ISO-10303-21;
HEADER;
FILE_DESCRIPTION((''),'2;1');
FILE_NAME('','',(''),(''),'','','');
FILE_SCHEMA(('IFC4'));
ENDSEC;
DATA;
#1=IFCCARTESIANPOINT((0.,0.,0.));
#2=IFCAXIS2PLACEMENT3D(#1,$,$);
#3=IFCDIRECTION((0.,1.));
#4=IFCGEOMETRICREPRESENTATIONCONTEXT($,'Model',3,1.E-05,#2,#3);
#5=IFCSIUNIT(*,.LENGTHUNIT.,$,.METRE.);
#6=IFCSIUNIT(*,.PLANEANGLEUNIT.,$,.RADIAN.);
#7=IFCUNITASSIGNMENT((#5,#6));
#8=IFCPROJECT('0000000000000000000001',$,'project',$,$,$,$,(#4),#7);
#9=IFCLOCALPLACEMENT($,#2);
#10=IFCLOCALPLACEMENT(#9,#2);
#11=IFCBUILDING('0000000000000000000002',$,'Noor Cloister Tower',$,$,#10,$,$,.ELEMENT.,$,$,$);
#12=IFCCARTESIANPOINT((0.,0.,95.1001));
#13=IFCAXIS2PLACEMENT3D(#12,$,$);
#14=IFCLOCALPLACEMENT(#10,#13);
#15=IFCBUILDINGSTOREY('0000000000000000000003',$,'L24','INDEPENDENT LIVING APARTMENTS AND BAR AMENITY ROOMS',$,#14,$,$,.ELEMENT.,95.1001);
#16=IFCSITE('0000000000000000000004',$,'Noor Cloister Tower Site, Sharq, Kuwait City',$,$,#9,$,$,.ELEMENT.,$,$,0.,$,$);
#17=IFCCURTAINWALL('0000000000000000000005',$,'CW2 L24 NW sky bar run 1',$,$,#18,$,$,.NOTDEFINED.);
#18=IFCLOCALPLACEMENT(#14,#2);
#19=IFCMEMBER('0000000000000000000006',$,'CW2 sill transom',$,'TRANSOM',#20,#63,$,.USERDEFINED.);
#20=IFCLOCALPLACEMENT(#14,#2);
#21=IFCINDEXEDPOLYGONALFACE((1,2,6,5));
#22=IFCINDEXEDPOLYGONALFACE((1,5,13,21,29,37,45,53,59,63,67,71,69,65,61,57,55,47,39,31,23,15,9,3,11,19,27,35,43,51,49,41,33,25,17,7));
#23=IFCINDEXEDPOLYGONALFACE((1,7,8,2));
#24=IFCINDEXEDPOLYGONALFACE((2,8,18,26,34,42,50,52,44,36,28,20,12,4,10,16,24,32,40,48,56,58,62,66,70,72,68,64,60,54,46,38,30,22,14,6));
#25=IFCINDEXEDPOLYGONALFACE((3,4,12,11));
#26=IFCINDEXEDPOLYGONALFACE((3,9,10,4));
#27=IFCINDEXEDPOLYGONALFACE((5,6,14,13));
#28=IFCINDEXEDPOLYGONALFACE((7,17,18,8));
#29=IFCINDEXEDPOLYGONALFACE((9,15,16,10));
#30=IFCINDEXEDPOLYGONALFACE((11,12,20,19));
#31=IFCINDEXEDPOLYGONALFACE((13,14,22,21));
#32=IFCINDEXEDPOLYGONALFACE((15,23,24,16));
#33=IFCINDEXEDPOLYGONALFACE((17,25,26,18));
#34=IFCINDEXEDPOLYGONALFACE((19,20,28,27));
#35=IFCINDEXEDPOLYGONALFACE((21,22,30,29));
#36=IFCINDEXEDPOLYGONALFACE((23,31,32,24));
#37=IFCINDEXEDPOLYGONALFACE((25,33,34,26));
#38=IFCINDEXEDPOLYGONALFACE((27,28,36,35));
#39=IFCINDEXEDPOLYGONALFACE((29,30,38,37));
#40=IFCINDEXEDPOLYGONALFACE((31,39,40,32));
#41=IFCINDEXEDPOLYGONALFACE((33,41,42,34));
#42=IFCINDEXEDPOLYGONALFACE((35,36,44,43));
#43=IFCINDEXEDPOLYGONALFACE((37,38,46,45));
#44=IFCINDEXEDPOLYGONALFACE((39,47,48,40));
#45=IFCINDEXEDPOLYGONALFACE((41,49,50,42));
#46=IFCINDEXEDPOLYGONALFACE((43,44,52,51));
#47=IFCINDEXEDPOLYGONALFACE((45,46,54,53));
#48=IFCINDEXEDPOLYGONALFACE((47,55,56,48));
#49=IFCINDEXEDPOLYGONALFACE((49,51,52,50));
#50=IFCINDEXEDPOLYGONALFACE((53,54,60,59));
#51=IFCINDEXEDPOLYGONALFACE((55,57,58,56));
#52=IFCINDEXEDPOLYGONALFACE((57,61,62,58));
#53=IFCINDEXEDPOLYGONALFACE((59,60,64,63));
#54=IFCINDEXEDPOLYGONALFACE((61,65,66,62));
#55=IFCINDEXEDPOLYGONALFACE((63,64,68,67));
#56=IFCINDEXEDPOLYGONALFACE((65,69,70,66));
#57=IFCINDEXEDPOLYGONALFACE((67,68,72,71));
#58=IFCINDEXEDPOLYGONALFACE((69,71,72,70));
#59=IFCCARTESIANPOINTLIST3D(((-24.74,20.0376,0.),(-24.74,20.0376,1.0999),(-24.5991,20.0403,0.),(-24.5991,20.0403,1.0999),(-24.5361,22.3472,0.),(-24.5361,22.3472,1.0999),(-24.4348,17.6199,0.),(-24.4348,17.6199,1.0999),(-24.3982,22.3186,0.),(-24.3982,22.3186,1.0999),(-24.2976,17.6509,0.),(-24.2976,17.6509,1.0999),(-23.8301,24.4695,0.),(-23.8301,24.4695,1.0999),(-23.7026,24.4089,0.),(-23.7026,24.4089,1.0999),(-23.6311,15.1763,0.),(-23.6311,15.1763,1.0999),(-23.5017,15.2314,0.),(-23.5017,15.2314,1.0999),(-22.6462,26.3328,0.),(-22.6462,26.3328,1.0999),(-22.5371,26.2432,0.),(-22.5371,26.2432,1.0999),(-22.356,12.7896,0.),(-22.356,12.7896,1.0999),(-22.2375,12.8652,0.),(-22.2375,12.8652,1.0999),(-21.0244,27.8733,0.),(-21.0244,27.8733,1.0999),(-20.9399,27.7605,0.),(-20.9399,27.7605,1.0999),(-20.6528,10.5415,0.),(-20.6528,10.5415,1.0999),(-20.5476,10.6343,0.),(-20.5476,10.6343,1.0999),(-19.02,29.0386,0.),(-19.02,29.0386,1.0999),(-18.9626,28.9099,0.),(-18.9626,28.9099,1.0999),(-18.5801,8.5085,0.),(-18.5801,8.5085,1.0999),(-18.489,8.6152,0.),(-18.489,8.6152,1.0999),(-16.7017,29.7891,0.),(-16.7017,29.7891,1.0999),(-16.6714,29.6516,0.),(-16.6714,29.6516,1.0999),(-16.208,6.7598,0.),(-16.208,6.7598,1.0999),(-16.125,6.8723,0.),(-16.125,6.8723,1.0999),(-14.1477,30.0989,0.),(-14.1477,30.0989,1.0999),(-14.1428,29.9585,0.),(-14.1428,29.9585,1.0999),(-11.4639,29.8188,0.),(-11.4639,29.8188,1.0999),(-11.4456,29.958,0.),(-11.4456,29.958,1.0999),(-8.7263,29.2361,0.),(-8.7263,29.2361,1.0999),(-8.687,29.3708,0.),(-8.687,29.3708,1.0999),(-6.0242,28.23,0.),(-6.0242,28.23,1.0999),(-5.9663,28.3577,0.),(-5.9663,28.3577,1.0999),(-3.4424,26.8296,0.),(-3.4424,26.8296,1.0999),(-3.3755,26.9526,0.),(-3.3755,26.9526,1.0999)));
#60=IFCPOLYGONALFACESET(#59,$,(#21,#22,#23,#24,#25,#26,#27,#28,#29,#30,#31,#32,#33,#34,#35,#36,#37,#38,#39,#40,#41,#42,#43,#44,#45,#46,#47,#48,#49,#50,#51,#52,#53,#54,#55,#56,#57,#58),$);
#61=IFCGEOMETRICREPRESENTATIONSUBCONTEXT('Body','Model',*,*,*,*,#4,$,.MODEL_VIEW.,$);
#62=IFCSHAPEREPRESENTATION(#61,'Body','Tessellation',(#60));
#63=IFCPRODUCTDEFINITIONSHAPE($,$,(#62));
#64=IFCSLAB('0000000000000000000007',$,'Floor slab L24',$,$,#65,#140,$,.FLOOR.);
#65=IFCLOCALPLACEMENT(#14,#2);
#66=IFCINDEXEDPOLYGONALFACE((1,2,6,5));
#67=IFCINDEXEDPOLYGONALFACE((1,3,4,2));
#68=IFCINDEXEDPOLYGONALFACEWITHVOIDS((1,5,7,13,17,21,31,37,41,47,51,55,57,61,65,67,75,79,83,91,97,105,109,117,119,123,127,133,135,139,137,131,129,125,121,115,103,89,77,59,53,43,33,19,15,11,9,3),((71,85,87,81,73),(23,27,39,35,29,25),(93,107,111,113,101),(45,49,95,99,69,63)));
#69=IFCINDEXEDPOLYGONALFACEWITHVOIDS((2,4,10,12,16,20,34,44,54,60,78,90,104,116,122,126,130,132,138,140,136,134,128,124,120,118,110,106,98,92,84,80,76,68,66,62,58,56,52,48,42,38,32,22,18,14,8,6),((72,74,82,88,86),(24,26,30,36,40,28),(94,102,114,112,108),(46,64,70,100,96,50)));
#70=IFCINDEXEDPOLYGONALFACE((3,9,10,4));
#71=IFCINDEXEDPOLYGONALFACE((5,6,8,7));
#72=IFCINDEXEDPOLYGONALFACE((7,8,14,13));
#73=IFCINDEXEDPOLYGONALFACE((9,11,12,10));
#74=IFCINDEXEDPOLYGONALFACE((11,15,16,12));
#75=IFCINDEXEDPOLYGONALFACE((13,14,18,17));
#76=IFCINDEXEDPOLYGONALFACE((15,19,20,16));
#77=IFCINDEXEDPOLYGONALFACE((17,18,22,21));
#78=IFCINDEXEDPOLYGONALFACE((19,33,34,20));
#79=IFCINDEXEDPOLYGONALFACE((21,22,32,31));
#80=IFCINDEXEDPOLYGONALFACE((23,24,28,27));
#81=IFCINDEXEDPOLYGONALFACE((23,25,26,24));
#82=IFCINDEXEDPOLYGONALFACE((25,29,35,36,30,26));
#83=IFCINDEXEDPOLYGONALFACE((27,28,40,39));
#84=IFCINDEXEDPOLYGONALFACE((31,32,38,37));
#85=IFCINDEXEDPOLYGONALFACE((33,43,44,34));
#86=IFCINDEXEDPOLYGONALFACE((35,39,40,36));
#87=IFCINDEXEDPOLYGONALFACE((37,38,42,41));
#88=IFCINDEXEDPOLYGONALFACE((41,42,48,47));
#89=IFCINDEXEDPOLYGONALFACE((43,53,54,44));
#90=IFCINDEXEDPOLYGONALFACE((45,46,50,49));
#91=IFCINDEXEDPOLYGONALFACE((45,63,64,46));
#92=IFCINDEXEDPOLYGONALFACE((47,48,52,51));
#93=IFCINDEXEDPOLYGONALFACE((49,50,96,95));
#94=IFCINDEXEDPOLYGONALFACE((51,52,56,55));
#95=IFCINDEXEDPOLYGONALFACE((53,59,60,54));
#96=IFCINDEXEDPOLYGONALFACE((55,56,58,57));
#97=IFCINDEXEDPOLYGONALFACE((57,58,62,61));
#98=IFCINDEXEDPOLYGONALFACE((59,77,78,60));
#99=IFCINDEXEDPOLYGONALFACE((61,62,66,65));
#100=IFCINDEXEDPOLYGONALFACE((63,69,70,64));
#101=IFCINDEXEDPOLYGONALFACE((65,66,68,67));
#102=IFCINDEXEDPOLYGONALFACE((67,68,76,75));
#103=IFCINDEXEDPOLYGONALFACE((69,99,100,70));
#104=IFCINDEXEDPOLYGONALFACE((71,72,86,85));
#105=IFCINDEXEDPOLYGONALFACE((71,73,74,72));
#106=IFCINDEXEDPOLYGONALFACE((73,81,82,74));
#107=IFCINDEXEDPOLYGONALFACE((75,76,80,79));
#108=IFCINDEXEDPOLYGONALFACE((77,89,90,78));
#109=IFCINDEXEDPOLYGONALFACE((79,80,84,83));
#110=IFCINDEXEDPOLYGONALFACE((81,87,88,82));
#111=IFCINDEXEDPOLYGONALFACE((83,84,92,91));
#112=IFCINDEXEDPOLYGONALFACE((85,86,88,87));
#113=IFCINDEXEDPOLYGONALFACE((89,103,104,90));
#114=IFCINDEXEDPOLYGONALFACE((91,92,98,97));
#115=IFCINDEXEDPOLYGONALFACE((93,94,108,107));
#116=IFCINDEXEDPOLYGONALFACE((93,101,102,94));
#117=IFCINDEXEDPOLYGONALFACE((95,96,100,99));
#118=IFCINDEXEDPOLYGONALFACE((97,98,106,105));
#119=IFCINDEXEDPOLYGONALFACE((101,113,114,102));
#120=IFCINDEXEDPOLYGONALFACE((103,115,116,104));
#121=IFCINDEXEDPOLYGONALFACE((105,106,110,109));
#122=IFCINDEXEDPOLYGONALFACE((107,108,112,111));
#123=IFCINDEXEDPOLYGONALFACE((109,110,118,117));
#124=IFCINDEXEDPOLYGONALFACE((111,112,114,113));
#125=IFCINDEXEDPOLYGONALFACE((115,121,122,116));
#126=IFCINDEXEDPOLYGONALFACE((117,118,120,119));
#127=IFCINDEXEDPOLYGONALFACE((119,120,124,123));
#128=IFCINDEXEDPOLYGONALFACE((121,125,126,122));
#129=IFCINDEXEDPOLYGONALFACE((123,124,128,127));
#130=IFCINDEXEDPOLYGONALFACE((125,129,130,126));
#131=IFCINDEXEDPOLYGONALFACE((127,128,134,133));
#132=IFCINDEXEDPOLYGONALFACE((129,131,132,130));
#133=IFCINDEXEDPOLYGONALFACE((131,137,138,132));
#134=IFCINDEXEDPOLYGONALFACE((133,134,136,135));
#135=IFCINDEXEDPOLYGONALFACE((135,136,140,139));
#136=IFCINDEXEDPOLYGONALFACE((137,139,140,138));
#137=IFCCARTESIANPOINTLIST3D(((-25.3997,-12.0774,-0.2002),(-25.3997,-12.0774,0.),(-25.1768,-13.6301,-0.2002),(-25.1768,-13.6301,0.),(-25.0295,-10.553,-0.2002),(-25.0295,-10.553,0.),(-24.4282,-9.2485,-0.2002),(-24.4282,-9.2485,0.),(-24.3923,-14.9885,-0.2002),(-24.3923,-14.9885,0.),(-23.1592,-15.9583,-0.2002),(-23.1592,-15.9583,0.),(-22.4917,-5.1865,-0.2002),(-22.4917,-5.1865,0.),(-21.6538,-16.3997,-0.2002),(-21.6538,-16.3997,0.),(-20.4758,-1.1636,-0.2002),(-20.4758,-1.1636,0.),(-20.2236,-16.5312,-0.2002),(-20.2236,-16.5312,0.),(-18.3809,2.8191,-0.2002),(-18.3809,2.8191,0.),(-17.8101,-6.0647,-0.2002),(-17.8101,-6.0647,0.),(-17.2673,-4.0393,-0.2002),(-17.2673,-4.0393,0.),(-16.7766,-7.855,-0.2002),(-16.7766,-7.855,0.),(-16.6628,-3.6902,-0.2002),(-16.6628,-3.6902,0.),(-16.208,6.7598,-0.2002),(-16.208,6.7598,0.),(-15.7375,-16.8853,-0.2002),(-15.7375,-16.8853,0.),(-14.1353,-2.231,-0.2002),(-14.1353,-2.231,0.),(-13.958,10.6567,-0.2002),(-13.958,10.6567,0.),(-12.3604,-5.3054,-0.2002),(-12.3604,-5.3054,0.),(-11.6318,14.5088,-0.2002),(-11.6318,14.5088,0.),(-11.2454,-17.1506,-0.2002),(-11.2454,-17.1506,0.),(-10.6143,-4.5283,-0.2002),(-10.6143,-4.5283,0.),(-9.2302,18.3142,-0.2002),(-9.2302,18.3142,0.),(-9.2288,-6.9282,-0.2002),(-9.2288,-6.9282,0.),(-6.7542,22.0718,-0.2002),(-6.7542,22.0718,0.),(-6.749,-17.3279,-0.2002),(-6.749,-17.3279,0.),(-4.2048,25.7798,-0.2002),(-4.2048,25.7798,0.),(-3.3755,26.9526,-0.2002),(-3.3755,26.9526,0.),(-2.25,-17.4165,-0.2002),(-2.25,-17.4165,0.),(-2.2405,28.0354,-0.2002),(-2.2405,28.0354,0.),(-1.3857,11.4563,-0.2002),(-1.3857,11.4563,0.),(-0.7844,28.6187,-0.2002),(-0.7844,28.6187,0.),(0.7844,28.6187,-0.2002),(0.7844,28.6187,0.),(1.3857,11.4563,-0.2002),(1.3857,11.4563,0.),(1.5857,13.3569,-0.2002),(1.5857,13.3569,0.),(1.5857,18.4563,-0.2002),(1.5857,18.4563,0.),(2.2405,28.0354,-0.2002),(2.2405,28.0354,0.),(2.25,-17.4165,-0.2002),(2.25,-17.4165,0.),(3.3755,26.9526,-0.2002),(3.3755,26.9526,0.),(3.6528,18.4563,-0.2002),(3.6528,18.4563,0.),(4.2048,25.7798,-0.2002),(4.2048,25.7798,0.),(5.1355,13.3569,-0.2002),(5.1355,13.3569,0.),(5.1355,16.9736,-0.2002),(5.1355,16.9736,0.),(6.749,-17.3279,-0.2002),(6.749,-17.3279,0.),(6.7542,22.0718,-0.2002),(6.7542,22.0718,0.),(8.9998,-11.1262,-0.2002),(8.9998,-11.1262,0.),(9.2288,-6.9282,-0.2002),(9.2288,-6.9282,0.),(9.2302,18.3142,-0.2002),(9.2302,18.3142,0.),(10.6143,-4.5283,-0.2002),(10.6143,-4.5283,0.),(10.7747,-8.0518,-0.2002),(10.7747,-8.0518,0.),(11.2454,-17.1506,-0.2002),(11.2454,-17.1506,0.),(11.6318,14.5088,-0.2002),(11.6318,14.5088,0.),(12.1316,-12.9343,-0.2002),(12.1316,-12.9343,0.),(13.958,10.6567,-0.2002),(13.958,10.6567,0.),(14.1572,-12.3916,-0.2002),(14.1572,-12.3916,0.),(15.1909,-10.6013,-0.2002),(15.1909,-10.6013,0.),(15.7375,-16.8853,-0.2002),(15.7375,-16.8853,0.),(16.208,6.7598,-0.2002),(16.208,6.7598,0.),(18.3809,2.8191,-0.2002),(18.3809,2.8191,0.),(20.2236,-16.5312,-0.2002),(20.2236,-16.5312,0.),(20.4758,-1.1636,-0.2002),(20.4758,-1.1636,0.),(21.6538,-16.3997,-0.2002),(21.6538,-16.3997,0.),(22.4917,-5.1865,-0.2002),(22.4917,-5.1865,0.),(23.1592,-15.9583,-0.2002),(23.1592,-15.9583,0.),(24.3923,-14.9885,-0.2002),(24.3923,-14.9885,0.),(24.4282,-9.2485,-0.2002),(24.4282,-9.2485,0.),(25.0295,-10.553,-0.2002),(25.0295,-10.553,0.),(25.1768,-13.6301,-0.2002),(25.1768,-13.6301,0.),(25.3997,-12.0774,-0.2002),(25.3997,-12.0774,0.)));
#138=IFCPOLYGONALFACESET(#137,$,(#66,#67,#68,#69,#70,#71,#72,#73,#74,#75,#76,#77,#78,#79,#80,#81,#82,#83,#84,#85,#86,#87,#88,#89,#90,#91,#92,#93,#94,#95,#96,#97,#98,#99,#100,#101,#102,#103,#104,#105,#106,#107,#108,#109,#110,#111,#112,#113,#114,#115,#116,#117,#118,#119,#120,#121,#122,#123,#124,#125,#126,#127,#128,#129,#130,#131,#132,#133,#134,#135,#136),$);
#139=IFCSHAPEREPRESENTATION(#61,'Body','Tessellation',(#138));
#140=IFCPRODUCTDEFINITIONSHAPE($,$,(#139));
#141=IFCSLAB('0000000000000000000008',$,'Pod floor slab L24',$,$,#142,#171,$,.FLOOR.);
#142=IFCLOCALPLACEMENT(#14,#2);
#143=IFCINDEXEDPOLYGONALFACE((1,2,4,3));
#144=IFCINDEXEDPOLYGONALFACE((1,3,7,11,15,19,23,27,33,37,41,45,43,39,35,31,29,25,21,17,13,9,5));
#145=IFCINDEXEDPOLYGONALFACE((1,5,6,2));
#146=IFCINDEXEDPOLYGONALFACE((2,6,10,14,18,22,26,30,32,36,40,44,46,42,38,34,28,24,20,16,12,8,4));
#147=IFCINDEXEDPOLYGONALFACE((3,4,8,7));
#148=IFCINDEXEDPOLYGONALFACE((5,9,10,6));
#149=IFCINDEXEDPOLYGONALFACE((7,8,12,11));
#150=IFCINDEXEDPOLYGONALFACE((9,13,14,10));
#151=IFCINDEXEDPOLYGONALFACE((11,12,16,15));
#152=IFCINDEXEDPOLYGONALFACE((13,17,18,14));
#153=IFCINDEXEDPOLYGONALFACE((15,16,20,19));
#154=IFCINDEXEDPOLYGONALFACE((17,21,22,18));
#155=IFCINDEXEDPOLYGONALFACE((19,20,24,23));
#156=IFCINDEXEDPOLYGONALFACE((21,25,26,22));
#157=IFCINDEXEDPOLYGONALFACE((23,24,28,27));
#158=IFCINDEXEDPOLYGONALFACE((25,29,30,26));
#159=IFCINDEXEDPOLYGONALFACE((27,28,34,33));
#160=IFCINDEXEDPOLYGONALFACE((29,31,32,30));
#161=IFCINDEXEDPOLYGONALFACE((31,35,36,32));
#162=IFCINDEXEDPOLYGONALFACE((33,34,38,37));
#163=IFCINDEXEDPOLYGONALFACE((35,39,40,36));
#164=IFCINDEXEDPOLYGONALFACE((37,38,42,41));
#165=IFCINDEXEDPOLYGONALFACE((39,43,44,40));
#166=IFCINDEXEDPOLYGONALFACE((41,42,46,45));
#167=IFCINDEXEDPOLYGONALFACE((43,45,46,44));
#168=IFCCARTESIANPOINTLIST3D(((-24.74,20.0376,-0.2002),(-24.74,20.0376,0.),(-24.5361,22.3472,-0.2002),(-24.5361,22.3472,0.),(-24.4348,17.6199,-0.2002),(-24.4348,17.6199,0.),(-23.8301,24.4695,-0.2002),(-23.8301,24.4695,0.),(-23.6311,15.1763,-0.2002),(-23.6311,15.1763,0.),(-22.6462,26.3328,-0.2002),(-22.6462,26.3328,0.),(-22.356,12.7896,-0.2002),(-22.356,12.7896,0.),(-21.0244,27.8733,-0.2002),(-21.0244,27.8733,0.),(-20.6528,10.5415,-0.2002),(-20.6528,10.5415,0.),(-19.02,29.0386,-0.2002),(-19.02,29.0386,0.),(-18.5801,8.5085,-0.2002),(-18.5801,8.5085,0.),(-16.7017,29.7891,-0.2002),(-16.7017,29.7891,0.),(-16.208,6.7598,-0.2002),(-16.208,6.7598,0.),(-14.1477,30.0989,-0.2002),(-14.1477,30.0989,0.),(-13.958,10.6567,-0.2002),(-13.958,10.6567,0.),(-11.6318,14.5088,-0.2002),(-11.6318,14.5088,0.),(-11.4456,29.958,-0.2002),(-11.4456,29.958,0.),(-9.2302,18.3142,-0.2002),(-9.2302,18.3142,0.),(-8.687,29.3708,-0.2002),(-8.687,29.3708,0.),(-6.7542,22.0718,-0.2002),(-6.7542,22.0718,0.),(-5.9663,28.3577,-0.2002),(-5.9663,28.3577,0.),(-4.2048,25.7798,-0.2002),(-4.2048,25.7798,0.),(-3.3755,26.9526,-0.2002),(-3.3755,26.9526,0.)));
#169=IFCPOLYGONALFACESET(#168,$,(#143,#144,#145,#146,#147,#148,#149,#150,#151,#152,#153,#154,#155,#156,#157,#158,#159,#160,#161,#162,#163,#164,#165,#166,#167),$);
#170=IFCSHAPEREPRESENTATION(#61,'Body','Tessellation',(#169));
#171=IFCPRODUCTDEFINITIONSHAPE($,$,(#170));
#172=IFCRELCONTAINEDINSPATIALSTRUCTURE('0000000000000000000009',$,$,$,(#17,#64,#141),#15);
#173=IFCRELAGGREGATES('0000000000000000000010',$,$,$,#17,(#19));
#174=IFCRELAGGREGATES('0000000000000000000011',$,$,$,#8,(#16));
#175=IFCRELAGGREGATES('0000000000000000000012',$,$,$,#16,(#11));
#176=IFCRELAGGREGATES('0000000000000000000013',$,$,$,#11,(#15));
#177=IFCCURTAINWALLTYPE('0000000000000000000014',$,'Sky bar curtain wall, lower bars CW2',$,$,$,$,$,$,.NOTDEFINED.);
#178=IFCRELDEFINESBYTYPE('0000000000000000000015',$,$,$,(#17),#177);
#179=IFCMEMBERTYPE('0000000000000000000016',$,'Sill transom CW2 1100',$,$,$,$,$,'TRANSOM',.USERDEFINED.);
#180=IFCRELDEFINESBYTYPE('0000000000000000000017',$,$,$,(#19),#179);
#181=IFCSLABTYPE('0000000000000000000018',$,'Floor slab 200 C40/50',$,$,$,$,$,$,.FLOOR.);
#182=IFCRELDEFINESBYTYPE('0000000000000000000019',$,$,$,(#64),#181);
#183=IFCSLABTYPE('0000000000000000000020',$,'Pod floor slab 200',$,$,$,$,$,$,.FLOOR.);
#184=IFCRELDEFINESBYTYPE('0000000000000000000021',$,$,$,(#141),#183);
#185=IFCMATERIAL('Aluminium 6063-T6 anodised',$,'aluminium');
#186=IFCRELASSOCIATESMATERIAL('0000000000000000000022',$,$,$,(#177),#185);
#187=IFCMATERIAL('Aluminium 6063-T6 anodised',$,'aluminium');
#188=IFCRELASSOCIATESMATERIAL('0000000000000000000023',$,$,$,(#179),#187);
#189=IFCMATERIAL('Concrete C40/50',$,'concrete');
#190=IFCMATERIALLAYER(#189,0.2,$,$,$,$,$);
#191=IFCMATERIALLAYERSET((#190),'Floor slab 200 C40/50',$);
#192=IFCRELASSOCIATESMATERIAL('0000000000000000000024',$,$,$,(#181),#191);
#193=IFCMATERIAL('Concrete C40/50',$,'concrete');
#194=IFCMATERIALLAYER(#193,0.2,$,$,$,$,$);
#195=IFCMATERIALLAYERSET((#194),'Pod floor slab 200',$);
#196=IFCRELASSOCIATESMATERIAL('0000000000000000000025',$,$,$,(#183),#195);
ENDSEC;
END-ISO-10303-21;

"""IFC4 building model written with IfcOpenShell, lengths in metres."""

from ifc_helpers import new_model, si_unit, direction, frame, origin, place, context, subcontext, project, spatial, polyline, outline, extrude, material, layer, layer_set, type_object, element, aggregate, save


model = new_model("IFC4")

# Units and contexts
model_context = context("Model", 3, precision=1e-05, world=origin(), true_north=direction((0.0, 1.0)))
body_context = subcontext(model_context, "Body", "Model", "MODEL_VIEW")
ifc_project = project(units=[si_unit("LENGTHUNIT", "METRE"), si_unit("PLANEANGLEUNIT", "RADIAN")], contexts=[model_context])

# Site, building, storey
site_placement = place(None, origin())
site = spatial("IfcSite", under=ifc_project, at=site_placement, Name="Noor Cloister Tower Site, Sharq, Kuwait City", CompositionType="ELEMENT", RefElevation=0.0)
building_placement = place(site_placement, origin())
building = spatial("IfcBuilding", under=site, at=building_placement, Name="Noor Cloister Tower", CompositionType="ELEMENT")
storey_placement = place(building_placement, frame((0.0, 0.0, 95.1001)))
storey = spatial("IfcBuildingStorey", under=building, at=storey_placement, Name="L24", Description="INDEPENDENT LIVING APARTMENTS AND BAR AMENITY ROOMS", CompositionType="ELEMENT", Elevation=95.1001)

# Curtain wall
ifc_material_1 = material(Name="Aluminium 6063-T6 anodised", Category="aluminium")
curtain_wall_type_1 = type_object("IfcCurtainWallType", Name="Sky bar curtain wall, lower bars CW2", PredefinedType="NOTDEFINED", material=ifc_material_1)
curtain_wall_1_placement = place(storey_placement, origin())
curtain_wall_1 = element("IfcCurtainWall", 1, at=curtain_wall_1_placement, inside=storey, type_object=curtain_wall_type_1, Name="CW2 L24 NW sky bar run 1", PredefinedType="NOTDEFINED")

# Member
ifc_material_2 = material(Name="Aluminium 6063-T6 anodised", Category="aluminium")
member_type_1 = type_object("IfcMemberType", Name="Sill transom CW2 1100", ElementType="TRANSOM", PredefinedType="USERDEFINED", material=ifc_material_2)
member_1_placement = place(storey_placement, origin())
member_1 = element("IfcMember", 2, at=member_1_placement, type_object=member_type_1, Name="CW2 sill transom", ObjectType="TRANSOM", PredefinedType="USERDEFINED", context=body_context, shape_type="SweptSolid", body=[
    extrude(outline(polyline([(-3.3755, 26.9526), (-5.9663, 28.3577), (-8.687, 29.3708), (-11.4456, 29.958), (-14.1477, 30.0989), (-16.7017, 29.7891), (-19.02, 29.0386), (-21.0244, 27.8733), (-22.6462, 26.3328), (-23.8301, 24.4695), (-24.5361, 22.3472), (-24.74, 20.0376), (-24.4348, 17.6199), (-23.6311, 15.1763), (-22.356, 12.7896), (-20.6528, 10.5415), (-18.5801, 8.5085), (-16.208, 6.7598), (-16.125, 6.8723), (-18.489, 8.6152), (-20.5476, 10.6343), (-22.2375, 12.8652), (-23.5017, 15.2314), (-24.2976, 17.6509), (-24.5991, 20.0403), (-24.3982, 22.3186), (-23.7026, 24.4089), (-22.5371, 26.2432), (-20.9399, 27.7605), (-18.9626, 28.9099), (-16.6714, 29.6516), (-14.1428, 29.9585), (-11.4639, 29.8188), (-8.7263, 29.2361), (-6.0242, 28.23), (-3.4424, 26.8296), (-3.3755, 26.9526)])), origin(), (0.0, 0.0, 1.0), 1.0999),
])
aggregate(curtain_wall_1, [member_1])

# Slabs
ifc_material_3 = material(Name="Concrete C40/50", Category="concrete")
ifc_layer_1 = layer(ifc_material_3, 0.2)
ifc_layer_set_1 = layer_set([ifc_layer_1], Name="Floor slab 200 C40/50")
slab_type_1 = type_object("IfcSlabType", Name="Floor slab 200 C40/50", PredefinedType="FLOOR", material=ifc_layer_set_1)
slab_1_placement = place(storey_placement, frame((0.0, 0.0, -0.2002)))
element("IfcSlab", 3, at=slab_1_placement, inside=storey, type_object=slab_type_1, Name="Floor slab L24", PredefinedType="FLOOR", context=body_context, shape_type="SweptSolid", body=[
    extrude(outline(polyline([(3.3755, 26.9526), (2.2405, 28.0354), (0.7844, 28.6187), (-0.7844, 28.6187), (-2.2405, 28.0354), (-3.3755, 26.9526), (-4.2048, 25.7798), (-6.7542, 22.0718), (-9.2302, 18.3142), (-11.6318, 14.5088), (-13.958, 10.6567), (-16.208, 6.7598), (-18.3809, 2.8191), (-20.4758, -1.1636), (-22.4917, -5.1865), (-24.4282, -9.2485), (-25.0295, -10.553), (-25.3997, -12.0774), (-25.1768, -13.6301), (-24.3923, -14.9885), (-23.1592, -15.9583), (-21.6538, -16.3997), (-20.2236, -16.5312), (-15.7375, -16.8853), (-11.2454, -17.1506), (-6.749, -17.3279), (-2.25, -17.4165), (2.25, -17.4165), (6.749, -17.3279), (11.2454, -17.1506), (15.7375, -16.8853), (20.2236, -16.5312), (21.6538, -16.3997), (23.1592, -15.9583), (24.3923, -14.9885), (25.1768, -13.6301), (25.3997, -12.0774), (25.0295, -10.553), (24.4282, -9.2485), (22.4917, -5.1865), (20.4758, -1.1636), (18.3809, 2.8191), (16.208, 6.7598), (13.958, 10.6567), (11.6318, 14.5088), (9.2302, 18.3142), (6.7542, 22.0718), (4.2048, 25.7798), (3.3755, 26.9526)]), holes=[polyline([(8.9998, -11.1262), (12.1316, -12.9343), (14.1572, -12.3916), (15.1909, -10.6013), (10.7747, -8.0518), (8.9998, -11.1262)]), polyline([(-17.8101, -6.0647), (-16.7766, -7.855), (-12.3604, -5.3054), (-14.1353, -2.231), (-16.6628, -3.6902), (-17.2673, -4.0393), (-17.8101, -6.0647)]), polyline([(-10.6143, -4.5283), (-9.2288, -6.9282), (9.2288, -6.9282), (10.6143, -4.5283), (1.3857, 11.4563), (-1.3857, 11.4563), (-10.6143, -4.5283)]), polyline([(3.6528, 18.4563), (1.5857, 18.4563), (1.5857, 13.3569), (5.1355, 13.3569), (5.1355, 16.9736), (3.6528, 18.4563)])]), origin(), (0.0, 0.0, 1.0), 0.2002),
])
ifc_material_4 = material(Name="Concrete C40/50", Category="concrete")
ifc_layer_2 = layer(ifc_material_4, 0.2)
ifc_layer_set_2 = layer_set([ifc_layer_2], Name="Pod floor slab 200")
slab_type_2 = type_object("IfcSlabType", Name="Pod floor slab 200", PredefinedType="FLOOR", material=ifc_layer_set_2)
slab_2_placement = place(storey_placement, frame((0.0, 0.0, -0.2002)))
element("IfcSlab", 4, at=slab_2_placement, inside=storey, type_object=slab_type_2, Name="Pod floor slab L24", PredefinedType="FLOOR", context=body_context, shape_type="SweptSolid", body=[
    extrude(outline(polyline([(-3.3755, 26.9526), (-5.9663, 28.3577), (-8.687, 29.3708), (-11.4456, 29.958), (-14.1477, 30.0989), (-16.7017, 29.7891), (-19.02, 29.0386), (-21.0244, 27.8733), (-22.6462, 26.3328), (-23.8301, 24.4695), (-24.5361, 22.3472), (-24.74, 20.0376), (-24.4348, 17.6199), (-23.6311, 15.1763), (-22.356, 12.7896), (-20.6528, 10.5415), (-18.5801, 8.5085), (-16.208, 6.7598), (-13.958, 10.6567), (-11.6318, 14.5088), (-9.2302, 18.3142), (-6.7542, 22.0718), (-4.2048, 25.7798), (-3.3755, 26.9526)])), origin(), (0.0, 0.0, 1.0), 0.2002),
])

save(model, "model.ifc")
